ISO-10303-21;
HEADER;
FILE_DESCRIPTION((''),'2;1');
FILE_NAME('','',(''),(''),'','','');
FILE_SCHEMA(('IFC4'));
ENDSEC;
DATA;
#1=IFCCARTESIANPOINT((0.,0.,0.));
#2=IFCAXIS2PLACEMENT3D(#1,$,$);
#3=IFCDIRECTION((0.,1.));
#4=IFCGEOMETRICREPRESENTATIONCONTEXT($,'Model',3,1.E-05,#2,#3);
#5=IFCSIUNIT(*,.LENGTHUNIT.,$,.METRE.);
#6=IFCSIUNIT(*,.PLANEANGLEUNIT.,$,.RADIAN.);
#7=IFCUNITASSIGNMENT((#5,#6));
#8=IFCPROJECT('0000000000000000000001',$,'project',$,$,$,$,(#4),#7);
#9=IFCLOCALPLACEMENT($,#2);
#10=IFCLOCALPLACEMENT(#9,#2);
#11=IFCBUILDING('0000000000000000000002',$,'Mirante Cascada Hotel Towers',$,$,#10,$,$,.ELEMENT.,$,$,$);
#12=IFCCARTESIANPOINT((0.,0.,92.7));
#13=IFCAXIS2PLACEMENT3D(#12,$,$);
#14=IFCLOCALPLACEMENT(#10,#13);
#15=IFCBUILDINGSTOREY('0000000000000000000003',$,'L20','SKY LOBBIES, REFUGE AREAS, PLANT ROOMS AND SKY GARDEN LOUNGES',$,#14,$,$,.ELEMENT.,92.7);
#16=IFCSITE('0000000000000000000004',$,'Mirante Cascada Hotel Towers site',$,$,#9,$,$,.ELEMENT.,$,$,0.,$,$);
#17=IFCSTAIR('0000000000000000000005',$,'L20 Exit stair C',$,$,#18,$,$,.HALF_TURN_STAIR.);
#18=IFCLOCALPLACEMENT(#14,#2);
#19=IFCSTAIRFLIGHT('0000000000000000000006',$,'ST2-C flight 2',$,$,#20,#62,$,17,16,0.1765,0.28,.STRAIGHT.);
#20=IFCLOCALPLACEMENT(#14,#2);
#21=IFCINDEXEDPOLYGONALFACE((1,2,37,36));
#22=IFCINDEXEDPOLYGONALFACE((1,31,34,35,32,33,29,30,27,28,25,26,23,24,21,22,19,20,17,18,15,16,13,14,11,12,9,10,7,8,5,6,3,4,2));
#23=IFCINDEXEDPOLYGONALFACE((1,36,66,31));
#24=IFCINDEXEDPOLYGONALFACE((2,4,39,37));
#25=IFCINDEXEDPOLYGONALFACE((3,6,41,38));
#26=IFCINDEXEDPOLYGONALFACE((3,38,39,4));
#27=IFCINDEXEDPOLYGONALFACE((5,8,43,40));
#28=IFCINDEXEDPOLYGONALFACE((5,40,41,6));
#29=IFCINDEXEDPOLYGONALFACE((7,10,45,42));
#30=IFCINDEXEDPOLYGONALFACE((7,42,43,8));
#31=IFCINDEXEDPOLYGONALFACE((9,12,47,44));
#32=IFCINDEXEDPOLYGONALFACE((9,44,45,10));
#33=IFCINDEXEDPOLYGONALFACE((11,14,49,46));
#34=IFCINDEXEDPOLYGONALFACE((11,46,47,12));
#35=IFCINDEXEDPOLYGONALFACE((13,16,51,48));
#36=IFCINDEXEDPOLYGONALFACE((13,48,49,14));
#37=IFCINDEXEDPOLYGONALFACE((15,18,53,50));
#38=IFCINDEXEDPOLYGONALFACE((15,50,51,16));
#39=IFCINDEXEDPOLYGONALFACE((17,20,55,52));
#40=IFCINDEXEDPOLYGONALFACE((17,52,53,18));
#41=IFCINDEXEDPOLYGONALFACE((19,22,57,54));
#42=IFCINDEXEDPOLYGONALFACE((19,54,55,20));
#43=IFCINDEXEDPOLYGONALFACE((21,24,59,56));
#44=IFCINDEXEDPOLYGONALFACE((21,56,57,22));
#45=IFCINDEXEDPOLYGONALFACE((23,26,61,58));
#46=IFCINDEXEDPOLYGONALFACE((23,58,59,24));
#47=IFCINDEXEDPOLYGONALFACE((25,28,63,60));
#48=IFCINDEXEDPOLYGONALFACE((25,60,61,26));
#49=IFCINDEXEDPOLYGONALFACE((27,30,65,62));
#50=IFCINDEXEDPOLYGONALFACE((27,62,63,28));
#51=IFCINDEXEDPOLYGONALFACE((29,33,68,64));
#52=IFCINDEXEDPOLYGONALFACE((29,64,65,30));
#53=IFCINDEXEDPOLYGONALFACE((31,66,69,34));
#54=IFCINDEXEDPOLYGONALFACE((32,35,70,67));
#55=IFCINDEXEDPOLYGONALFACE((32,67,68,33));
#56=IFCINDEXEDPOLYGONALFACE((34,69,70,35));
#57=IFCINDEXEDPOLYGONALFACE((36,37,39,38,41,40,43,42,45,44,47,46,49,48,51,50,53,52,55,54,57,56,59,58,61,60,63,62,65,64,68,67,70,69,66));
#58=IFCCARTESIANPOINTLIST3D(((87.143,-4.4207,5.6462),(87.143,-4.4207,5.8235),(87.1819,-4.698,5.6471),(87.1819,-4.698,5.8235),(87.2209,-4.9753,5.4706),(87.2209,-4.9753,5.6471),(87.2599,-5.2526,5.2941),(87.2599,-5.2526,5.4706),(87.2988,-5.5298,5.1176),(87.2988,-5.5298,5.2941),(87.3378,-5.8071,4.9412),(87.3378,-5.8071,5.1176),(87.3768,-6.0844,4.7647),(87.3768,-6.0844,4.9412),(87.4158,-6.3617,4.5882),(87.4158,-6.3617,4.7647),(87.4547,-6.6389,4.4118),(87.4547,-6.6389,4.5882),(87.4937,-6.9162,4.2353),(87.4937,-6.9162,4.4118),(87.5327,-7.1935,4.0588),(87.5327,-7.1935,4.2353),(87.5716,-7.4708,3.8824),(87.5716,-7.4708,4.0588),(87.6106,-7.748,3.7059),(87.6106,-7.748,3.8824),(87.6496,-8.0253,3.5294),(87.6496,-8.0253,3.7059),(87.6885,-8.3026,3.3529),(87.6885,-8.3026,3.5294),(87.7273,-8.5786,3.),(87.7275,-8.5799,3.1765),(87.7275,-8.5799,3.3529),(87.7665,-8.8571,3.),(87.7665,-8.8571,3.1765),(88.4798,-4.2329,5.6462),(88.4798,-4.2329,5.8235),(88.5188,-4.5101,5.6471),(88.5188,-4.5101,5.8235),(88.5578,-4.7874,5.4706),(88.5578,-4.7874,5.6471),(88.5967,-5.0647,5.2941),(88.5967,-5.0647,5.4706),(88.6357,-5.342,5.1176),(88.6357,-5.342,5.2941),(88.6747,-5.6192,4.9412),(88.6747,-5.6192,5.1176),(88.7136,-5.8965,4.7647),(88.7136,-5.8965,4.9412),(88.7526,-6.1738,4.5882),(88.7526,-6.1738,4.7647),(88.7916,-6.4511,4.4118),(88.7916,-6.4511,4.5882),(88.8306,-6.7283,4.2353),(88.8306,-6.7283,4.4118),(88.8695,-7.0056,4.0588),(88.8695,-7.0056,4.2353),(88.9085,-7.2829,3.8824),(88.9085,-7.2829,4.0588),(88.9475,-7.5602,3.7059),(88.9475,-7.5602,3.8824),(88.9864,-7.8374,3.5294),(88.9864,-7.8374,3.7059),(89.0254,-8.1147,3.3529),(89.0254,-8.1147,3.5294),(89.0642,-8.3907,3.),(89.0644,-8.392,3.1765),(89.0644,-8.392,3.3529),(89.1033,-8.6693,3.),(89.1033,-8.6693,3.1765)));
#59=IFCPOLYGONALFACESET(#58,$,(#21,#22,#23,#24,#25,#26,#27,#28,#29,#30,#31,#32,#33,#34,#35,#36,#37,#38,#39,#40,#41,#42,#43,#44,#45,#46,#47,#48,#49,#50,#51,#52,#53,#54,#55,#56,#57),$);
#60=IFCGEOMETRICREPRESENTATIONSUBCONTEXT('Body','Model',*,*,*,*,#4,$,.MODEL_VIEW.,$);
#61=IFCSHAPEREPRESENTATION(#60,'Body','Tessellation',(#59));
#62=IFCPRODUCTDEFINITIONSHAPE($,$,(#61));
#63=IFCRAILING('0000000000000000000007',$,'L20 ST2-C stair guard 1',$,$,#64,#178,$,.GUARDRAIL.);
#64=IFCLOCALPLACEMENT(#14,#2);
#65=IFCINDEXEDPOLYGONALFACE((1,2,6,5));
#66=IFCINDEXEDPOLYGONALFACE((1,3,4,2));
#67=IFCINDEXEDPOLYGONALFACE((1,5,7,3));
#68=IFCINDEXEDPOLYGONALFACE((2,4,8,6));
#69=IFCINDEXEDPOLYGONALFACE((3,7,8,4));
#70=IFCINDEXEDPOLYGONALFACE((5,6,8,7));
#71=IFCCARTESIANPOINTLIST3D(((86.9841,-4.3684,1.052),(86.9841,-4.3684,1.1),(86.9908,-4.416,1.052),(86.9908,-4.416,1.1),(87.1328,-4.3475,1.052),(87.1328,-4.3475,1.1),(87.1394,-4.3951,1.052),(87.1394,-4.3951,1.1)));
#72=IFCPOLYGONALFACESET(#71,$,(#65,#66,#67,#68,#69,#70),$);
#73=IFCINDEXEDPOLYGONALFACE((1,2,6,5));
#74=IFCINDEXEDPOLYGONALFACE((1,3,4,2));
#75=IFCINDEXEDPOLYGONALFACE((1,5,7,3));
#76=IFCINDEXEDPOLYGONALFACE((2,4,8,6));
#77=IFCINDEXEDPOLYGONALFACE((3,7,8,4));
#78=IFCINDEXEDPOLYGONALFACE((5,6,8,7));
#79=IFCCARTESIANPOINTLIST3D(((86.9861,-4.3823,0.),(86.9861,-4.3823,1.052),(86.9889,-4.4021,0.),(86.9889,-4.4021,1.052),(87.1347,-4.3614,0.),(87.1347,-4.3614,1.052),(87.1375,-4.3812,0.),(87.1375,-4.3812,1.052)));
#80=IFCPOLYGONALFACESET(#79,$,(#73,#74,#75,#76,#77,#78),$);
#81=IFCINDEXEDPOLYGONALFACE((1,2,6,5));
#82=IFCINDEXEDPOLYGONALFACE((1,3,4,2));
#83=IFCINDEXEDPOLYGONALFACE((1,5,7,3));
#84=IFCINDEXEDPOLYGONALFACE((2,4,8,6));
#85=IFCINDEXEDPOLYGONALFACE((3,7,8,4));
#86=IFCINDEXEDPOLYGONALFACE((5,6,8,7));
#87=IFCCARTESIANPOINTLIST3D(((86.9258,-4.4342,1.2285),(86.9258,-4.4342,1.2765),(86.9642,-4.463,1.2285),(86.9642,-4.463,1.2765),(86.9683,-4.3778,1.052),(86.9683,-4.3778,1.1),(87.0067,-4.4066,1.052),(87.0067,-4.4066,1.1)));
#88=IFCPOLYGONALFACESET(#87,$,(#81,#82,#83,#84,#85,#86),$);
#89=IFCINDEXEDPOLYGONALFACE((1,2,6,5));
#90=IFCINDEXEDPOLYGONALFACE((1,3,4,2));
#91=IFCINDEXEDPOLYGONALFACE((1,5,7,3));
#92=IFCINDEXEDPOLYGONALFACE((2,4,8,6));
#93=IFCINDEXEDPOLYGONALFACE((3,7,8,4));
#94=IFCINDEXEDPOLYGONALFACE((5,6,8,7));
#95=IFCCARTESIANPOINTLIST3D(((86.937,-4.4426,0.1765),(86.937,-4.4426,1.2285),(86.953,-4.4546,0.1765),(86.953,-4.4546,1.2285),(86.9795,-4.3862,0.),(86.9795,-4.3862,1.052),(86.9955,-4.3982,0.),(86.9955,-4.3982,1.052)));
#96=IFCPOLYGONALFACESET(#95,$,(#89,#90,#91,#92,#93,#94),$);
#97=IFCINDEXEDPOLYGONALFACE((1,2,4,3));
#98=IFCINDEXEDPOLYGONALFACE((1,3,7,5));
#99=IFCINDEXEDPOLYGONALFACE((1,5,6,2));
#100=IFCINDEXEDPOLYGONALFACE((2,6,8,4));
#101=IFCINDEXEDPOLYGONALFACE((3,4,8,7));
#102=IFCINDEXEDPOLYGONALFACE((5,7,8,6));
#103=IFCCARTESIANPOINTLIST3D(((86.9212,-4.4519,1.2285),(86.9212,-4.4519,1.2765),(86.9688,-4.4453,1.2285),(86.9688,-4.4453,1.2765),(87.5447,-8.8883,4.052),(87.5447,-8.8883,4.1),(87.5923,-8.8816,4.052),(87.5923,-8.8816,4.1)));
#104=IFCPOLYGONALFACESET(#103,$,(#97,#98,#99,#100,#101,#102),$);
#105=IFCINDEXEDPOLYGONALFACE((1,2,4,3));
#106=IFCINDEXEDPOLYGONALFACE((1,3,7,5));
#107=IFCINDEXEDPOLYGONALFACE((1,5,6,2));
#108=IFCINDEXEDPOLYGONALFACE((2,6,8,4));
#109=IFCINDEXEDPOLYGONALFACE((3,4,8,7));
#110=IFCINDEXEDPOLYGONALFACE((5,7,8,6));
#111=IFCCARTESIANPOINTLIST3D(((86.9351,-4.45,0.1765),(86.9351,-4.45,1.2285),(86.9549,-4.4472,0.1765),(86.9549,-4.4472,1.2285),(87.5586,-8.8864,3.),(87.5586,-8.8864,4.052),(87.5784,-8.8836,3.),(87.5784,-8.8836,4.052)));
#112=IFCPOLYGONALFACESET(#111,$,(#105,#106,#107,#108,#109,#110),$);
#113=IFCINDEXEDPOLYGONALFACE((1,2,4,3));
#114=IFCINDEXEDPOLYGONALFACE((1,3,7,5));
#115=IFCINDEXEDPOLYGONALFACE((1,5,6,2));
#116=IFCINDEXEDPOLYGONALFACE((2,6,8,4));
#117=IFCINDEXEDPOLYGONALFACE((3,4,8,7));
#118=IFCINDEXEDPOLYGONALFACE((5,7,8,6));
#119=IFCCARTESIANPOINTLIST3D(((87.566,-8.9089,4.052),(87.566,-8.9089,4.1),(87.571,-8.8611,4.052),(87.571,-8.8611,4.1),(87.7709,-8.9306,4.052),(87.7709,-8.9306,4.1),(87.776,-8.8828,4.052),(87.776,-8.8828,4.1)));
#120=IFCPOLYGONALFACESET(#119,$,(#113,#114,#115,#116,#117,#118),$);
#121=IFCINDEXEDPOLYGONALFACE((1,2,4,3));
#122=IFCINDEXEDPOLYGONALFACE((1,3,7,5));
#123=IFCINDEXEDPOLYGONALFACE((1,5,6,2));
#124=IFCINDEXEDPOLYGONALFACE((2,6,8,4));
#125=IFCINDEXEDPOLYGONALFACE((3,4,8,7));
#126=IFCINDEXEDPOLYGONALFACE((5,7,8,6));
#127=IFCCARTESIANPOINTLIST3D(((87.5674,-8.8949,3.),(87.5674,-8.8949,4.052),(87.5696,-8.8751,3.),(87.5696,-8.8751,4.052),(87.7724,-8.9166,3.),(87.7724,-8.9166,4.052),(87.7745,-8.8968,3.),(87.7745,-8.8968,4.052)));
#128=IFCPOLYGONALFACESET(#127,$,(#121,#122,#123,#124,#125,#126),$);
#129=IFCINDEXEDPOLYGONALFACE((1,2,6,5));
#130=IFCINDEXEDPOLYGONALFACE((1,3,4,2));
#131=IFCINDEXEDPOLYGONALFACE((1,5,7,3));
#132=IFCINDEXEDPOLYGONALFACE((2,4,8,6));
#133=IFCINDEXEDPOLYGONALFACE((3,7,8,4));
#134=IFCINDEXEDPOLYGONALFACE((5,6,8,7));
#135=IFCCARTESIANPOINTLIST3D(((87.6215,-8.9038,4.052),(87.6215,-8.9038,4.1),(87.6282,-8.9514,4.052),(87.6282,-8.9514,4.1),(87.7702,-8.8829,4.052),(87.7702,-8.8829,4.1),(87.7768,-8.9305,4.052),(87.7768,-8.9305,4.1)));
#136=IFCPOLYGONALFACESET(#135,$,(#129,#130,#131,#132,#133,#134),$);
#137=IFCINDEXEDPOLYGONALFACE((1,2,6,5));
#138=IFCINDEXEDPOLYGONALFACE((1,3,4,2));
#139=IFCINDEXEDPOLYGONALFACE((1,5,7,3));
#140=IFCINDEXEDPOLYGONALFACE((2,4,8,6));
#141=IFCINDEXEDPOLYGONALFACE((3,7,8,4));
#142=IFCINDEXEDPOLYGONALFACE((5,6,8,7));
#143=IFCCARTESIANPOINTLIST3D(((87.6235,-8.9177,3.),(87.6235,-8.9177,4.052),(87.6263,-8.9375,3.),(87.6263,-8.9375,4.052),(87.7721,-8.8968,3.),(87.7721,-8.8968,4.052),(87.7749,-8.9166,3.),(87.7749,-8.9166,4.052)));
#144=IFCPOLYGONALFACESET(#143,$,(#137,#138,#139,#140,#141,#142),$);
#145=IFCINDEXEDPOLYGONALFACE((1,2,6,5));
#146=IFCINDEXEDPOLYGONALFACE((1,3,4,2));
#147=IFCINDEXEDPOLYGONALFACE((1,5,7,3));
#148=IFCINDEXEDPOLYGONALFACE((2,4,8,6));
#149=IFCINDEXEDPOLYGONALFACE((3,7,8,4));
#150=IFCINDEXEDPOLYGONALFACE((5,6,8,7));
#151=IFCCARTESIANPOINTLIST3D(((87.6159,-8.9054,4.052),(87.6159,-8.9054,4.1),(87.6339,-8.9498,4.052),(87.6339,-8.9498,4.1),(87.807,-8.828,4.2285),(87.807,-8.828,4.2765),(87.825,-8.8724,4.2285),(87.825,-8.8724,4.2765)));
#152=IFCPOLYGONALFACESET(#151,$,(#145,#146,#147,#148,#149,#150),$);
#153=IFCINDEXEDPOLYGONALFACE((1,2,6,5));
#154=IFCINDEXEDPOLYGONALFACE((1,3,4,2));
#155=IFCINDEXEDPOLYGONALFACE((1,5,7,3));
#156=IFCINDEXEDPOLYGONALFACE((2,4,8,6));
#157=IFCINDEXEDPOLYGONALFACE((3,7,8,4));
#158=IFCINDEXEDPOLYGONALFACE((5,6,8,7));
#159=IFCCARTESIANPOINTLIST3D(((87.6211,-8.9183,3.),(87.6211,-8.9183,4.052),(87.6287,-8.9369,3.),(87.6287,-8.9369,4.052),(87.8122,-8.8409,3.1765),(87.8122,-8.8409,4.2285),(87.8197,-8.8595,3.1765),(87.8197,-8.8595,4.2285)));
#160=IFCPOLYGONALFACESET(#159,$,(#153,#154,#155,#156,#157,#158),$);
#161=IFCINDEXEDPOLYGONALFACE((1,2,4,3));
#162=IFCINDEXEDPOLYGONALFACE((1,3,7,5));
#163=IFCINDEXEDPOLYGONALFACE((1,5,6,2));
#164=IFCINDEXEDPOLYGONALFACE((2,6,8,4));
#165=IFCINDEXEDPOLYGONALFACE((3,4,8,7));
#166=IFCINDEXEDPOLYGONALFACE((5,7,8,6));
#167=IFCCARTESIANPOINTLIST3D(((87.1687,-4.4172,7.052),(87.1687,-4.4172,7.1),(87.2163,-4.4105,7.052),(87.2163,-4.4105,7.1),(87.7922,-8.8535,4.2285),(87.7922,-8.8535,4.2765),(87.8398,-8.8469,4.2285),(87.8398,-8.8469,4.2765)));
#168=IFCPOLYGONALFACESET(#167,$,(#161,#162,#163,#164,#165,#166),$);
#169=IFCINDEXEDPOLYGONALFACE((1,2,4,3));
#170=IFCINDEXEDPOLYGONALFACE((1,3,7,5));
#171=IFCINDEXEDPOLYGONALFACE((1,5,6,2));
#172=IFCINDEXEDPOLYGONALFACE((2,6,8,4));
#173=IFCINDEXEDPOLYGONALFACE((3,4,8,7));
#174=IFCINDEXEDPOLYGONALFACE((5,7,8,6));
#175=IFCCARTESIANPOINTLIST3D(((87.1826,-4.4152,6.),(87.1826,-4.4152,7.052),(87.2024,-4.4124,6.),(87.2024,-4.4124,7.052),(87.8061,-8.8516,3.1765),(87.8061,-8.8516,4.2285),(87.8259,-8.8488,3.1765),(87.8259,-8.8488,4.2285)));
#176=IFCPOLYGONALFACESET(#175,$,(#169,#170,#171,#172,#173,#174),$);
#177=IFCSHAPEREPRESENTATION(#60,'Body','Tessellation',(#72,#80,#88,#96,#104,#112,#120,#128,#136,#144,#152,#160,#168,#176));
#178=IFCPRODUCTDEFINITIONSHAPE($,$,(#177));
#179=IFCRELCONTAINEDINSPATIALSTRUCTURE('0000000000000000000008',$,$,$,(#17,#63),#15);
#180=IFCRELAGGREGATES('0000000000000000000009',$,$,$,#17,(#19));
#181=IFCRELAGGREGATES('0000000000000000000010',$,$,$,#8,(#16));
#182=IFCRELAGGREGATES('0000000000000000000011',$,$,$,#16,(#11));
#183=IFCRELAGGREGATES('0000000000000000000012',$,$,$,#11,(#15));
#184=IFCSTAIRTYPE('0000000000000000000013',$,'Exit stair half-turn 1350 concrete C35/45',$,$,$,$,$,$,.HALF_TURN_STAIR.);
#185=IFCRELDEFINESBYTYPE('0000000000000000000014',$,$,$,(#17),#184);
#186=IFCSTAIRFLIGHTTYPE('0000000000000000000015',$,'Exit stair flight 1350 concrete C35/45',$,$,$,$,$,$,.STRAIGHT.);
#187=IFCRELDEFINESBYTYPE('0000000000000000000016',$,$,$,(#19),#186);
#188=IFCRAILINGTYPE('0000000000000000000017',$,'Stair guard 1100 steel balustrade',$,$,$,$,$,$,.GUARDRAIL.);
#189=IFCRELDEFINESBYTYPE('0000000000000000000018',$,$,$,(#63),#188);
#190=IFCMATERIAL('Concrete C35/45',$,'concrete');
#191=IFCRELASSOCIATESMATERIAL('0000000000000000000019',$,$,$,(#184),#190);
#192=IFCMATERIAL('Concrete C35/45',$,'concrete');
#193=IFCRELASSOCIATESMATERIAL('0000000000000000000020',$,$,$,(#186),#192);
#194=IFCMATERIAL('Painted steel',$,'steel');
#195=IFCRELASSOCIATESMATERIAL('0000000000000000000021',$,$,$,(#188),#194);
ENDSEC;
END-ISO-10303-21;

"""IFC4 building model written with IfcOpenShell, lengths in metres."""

from ifc_helpers import new_model, si_unit, direction, frame, origin, origin_2d, place, context, subcontext, project, spatial, polyline, rectangle, outline, extrude, material, type_object, element, aggregate, save


model = new_model("IFC4")

# Units and contexts
model_context = context("Model", 3, precision=1e-05, world=origin(), true_north=direction((0.0, 1.0)))
body_context = subcontext(model_context, "Body", "Model", "MODEL_VIEW")
ifc_project = project(units=[si_unit("LENGTHUNIT", "METRE"), si_unit("PLANEANGLEUNIT", "RADIAN")], contexts=[model_context])

# Site, building, storey
site_placement = place(None, origin())
site = spatial("IfcSite", under=ifc_project, at=site_placement, Name="Mirante Cascada Hotel Towers site", CompositionType="ELEMENT", RefElevation=0.0)
building_placement = place(site_placement, origin())
building = spatial("IfcBuilding", under=site, at=building_placement, Name="Mirante Cascada Hotel Towers", CompositionType="ELEMENT")
storey_placement = place(building_placement, frame((0.0, 0.0, 92.7)))
storey = spatial("IfcBuildingStorey", under=building, at=storey_placement, Name="L20", Description="SKY LOBBIES, REFUGE AREAS, PLANT ROOMS AND SKY GARDEN LOUNGES", CompositionType="ELEMENT", Elevation=92.7)

# Stair, stair flight
ifc_material_1 = material(Name="Concrete C35/45", Category="concrete")
stair_type = type_object("IfcStairType", Name="Exit stair half-turn 1350 concrete C35/45", PredefinedType="HALF_TURN_STAIR", material=ifc_material_1)
stair_placement = place(storey_placement, origin())
stair = element("IfcStair", 1, at=stair_placement, inside=storey, type_object=stair_type, Name="L20 Exit stair C", PredefinedType="HALF_TURN_STAIR")
ifc_material_2 = material(Name="Concrete C35/45", Category="concrete")
stair_flight_type = type_object("IfcStairFlightType", Name="Exit stair flight 1350 concrete C35/45", PredefinedType="STRAIGHT", material=ifc_material_2)
stair_flight_1_placement = place(storey_placement, frame((88.4349, -8.7632, 3.0), z_axis=(0.0, 0.0, 1.0), x_axis=(-0.139173, 0.990268, 0.0)))
stair_flight_1 = element("IfcStairFlight", 2, at=stair_flight_1_placement, type_object=stair_flight_type, Name="ST2-C flight 2", NumberOfRisers=17, NumberOfTreads=16, PredefinedType="STRAIGHT", RiserHeight=0.1765, TreadLength=0.28, context=body_context, shape_type="SweptSolid", body=[
    extrude(outline(polyline([(0.0, 0.0), (0.0, 0.1765), (0.28, 0.1765), (0.28, 0.3529), (0.56, 0.3529), (0.56, 0.5294), (0.84, 0.5294), (0.84, 0.7059), (1.12, 0.7059), (1.12, 0.8824), (1.4, 0.8824), (1.4, 1.0588), (1.68, 1.0588), (1.68, 1.2353), (1.96, 1.2353), (1.96, 1.4118), (2.24, 1.4118), (2.24, 1.5882), (2.52, 1.5882), (2.52, 1.7647), (2.8, 1.7647), (2.8, 1.9412), (3.08, 1.9412), (3.08, 2.1176), (3.36, 2.1176), (3.36, 2.2941), (3.64, 2.2941), (3.64, 2.4706), (3.92, 2.4706), (3.92, 2.6471), (4.2, 2.6471), (4.2, 2.8235), (4.48, 2.8235), (4.48, 3.0), (4.48, 2.6462), (0.2813, 0.0), (0.0, 0.0)])), frame((0.0, 0.675, 0.0), z_axis=(0.0, -1.0, 0.0), x_axis=(1.0, 0.0, 0.0)), (0.0, 0.0, 1.0), 1.35),
])
aggregate(stair, [stair_flight_1])

# Railing
ifc_material_3 = material(Name="Painted steel", Category="steel")
railing_type_1 = type_object("IfcRailingType", Name="Stair guard 1100 steel balustrade", PredefinedType="GUARDRAIL", material=ifc_material_3)
railing_1_placement = place(storey_placement, frame((87.1361, -4.3713, 0.0)))
element("IfcRailing", 3, at=railing_1_placement, inside=storey, type_object=railing_type_1, Name="L20 ST2-C stair guard 1", PredefinedType="GUARDRAIL", context=body_context, shape_type="SweptSolid", body=[
    extrude(rectangle(XDim=0.048, YDim=0.048, at=origin_2d()), frame((0.0, 0.0, 1.076), z_axis=(-0.990254, -0.139275, 0.0), x_axis=(0.139275, -0.990254, 0.0)), (0.0, 0.0, 1.0), 0.1501),
    extrude(rectangle(XDim=0.02, YDim=1.052, at=origin_2d()), frame((0.0, 0.0, 0.526), z_axis=(-0.990254, -0.139275, 0.0), x_axis=(0.139275, -0.990254, 0.0)), (0.0, 0.0, 1.0), 0.1501),
    extrude(rectangle(XDim=0.048, YDim=0.048, at=origin_2d()), frame((-0.1486, -0.0209, 1.076), z_axis=(-0.601811, -0.798639, 0.0), x_axis=(0.798639, -0.601811, 0.0)), (0.0, 0.92844, 0.371482), 0.1901),
    extrude(rectangle(XDim=0.02, YDim=1.052, at=origin_2d()), frame((-0.1486, -0.0209, 0.526), z_axis=(-0.601811, -0.798639, 0.0), x_axis=(0.798639, -0.601811, 0.0)), (0.0, 0.92844, 0.371482), 0.1901),
    extrude(rectangle(XDim=0.048, YDim=0.048, at=origin_2d()), frame((-0.1911, -0.0773, 1.2525), z_axis=(0.139174, -0.990268, 0.0), x_axis=(0.990268, 0.139174, 0.0)), (0.0, 0.533186, 0.845998), 5.2955),
    extrude(rectangle(XDim=0.02, YDim=1.052, at=origin_2d()), frame((-0.1911, -0.0773, 0.7025), z_axis=(0.139174, -0.990268, 0.0), x_axis=(0.990268, 0.139174, 0.0)), (0.0, 0.533186, 0.845998), 5.2955),
    extrude(rectangle(XDim=0.048, YDim=0.048, at=origin_2d()), frame((0.4324, -4.5137, 4.076), z_axis=(0.994444, -0.105266, 0.0), x_axis=(0.105266, 0.994444, 0.0)), (0.0, 0.0, 1.0), 0.2061),
    extrude(rectangle(XDim=0.02, YDim=1.052, at=origin_2d()), frame((0.4324, -4.5137, 3.526), z_axis=(0.994444, -0.105266, 0.0), x_axis=(0.105266, 0.994444, 0.0)), (0.0, 0.0, 1.0), 0.2061),
    extrude(rectangle(XDim=0.048, YDim=0.048, at=origin_2d()), frame((0.6374, -4.5354, 4.076), z_axis=(-0.990254, -0.139275, 0.0), x_axis=(0.139275, -0.990254, 0.0)), (0.0, 0.0, 1.0), 0.1501),
    extrude(rectangle(XDim=0.02, YDim=1.052, at=origin_2d()), frame((0.6374, -4.5354, 3.526), z_axis=(-0.990254, -0.139275, 0.0), x_axis=(0.139275, -0.990254, 0.0)), (0.0, 0.0, 1.0), 0.1501),
    extrude(rectangle(XDim=0.048, YDim=0.048, at=origin_2d()), frame((0.4888, -4.5563, 4.076), z_axis=(0.926862, 0.375401, 0.0), x_axis=(-0.375401, 0.926862, 0.0)), (0.0, 0.650313, 0.759667), 0.2714),
    extrude(rectangle(XDim=0.02, YDim=1.052, at=origin_2d()), frame((0.4888, -4.5563, 3.526), z_axis=(0.926862, 0.375401, 0.0), x_axis=(-0.375401, 0.926862, 0.0)), (0.0, 0.650313, 0.759667), 0.2714),
    extrude(rectangle(XDim=0.048, YDim=0.048, at=origin_2d()), frame((0.6799, -4.4789, 4.2525), z_axis=(-0.139174, 0.990268, 0.0), x_axis=(-0.990268, -0.139174, 0.0)), (0.0, 0.533186, 0.845998), 5.2955),
    extrude(rectangle(XDim=0.02, YDim=1.052, at=origin_2d()), frame((0.6799, -4.4789, 3.7025), z_axis=(-0.139174, 0.990268, 0.0), x_axis=(-0.990268, -0.139174, 0.0)), (0.0, 0.533186, 0.845998), 5.2955),
])

save(model, "model.ifc")
